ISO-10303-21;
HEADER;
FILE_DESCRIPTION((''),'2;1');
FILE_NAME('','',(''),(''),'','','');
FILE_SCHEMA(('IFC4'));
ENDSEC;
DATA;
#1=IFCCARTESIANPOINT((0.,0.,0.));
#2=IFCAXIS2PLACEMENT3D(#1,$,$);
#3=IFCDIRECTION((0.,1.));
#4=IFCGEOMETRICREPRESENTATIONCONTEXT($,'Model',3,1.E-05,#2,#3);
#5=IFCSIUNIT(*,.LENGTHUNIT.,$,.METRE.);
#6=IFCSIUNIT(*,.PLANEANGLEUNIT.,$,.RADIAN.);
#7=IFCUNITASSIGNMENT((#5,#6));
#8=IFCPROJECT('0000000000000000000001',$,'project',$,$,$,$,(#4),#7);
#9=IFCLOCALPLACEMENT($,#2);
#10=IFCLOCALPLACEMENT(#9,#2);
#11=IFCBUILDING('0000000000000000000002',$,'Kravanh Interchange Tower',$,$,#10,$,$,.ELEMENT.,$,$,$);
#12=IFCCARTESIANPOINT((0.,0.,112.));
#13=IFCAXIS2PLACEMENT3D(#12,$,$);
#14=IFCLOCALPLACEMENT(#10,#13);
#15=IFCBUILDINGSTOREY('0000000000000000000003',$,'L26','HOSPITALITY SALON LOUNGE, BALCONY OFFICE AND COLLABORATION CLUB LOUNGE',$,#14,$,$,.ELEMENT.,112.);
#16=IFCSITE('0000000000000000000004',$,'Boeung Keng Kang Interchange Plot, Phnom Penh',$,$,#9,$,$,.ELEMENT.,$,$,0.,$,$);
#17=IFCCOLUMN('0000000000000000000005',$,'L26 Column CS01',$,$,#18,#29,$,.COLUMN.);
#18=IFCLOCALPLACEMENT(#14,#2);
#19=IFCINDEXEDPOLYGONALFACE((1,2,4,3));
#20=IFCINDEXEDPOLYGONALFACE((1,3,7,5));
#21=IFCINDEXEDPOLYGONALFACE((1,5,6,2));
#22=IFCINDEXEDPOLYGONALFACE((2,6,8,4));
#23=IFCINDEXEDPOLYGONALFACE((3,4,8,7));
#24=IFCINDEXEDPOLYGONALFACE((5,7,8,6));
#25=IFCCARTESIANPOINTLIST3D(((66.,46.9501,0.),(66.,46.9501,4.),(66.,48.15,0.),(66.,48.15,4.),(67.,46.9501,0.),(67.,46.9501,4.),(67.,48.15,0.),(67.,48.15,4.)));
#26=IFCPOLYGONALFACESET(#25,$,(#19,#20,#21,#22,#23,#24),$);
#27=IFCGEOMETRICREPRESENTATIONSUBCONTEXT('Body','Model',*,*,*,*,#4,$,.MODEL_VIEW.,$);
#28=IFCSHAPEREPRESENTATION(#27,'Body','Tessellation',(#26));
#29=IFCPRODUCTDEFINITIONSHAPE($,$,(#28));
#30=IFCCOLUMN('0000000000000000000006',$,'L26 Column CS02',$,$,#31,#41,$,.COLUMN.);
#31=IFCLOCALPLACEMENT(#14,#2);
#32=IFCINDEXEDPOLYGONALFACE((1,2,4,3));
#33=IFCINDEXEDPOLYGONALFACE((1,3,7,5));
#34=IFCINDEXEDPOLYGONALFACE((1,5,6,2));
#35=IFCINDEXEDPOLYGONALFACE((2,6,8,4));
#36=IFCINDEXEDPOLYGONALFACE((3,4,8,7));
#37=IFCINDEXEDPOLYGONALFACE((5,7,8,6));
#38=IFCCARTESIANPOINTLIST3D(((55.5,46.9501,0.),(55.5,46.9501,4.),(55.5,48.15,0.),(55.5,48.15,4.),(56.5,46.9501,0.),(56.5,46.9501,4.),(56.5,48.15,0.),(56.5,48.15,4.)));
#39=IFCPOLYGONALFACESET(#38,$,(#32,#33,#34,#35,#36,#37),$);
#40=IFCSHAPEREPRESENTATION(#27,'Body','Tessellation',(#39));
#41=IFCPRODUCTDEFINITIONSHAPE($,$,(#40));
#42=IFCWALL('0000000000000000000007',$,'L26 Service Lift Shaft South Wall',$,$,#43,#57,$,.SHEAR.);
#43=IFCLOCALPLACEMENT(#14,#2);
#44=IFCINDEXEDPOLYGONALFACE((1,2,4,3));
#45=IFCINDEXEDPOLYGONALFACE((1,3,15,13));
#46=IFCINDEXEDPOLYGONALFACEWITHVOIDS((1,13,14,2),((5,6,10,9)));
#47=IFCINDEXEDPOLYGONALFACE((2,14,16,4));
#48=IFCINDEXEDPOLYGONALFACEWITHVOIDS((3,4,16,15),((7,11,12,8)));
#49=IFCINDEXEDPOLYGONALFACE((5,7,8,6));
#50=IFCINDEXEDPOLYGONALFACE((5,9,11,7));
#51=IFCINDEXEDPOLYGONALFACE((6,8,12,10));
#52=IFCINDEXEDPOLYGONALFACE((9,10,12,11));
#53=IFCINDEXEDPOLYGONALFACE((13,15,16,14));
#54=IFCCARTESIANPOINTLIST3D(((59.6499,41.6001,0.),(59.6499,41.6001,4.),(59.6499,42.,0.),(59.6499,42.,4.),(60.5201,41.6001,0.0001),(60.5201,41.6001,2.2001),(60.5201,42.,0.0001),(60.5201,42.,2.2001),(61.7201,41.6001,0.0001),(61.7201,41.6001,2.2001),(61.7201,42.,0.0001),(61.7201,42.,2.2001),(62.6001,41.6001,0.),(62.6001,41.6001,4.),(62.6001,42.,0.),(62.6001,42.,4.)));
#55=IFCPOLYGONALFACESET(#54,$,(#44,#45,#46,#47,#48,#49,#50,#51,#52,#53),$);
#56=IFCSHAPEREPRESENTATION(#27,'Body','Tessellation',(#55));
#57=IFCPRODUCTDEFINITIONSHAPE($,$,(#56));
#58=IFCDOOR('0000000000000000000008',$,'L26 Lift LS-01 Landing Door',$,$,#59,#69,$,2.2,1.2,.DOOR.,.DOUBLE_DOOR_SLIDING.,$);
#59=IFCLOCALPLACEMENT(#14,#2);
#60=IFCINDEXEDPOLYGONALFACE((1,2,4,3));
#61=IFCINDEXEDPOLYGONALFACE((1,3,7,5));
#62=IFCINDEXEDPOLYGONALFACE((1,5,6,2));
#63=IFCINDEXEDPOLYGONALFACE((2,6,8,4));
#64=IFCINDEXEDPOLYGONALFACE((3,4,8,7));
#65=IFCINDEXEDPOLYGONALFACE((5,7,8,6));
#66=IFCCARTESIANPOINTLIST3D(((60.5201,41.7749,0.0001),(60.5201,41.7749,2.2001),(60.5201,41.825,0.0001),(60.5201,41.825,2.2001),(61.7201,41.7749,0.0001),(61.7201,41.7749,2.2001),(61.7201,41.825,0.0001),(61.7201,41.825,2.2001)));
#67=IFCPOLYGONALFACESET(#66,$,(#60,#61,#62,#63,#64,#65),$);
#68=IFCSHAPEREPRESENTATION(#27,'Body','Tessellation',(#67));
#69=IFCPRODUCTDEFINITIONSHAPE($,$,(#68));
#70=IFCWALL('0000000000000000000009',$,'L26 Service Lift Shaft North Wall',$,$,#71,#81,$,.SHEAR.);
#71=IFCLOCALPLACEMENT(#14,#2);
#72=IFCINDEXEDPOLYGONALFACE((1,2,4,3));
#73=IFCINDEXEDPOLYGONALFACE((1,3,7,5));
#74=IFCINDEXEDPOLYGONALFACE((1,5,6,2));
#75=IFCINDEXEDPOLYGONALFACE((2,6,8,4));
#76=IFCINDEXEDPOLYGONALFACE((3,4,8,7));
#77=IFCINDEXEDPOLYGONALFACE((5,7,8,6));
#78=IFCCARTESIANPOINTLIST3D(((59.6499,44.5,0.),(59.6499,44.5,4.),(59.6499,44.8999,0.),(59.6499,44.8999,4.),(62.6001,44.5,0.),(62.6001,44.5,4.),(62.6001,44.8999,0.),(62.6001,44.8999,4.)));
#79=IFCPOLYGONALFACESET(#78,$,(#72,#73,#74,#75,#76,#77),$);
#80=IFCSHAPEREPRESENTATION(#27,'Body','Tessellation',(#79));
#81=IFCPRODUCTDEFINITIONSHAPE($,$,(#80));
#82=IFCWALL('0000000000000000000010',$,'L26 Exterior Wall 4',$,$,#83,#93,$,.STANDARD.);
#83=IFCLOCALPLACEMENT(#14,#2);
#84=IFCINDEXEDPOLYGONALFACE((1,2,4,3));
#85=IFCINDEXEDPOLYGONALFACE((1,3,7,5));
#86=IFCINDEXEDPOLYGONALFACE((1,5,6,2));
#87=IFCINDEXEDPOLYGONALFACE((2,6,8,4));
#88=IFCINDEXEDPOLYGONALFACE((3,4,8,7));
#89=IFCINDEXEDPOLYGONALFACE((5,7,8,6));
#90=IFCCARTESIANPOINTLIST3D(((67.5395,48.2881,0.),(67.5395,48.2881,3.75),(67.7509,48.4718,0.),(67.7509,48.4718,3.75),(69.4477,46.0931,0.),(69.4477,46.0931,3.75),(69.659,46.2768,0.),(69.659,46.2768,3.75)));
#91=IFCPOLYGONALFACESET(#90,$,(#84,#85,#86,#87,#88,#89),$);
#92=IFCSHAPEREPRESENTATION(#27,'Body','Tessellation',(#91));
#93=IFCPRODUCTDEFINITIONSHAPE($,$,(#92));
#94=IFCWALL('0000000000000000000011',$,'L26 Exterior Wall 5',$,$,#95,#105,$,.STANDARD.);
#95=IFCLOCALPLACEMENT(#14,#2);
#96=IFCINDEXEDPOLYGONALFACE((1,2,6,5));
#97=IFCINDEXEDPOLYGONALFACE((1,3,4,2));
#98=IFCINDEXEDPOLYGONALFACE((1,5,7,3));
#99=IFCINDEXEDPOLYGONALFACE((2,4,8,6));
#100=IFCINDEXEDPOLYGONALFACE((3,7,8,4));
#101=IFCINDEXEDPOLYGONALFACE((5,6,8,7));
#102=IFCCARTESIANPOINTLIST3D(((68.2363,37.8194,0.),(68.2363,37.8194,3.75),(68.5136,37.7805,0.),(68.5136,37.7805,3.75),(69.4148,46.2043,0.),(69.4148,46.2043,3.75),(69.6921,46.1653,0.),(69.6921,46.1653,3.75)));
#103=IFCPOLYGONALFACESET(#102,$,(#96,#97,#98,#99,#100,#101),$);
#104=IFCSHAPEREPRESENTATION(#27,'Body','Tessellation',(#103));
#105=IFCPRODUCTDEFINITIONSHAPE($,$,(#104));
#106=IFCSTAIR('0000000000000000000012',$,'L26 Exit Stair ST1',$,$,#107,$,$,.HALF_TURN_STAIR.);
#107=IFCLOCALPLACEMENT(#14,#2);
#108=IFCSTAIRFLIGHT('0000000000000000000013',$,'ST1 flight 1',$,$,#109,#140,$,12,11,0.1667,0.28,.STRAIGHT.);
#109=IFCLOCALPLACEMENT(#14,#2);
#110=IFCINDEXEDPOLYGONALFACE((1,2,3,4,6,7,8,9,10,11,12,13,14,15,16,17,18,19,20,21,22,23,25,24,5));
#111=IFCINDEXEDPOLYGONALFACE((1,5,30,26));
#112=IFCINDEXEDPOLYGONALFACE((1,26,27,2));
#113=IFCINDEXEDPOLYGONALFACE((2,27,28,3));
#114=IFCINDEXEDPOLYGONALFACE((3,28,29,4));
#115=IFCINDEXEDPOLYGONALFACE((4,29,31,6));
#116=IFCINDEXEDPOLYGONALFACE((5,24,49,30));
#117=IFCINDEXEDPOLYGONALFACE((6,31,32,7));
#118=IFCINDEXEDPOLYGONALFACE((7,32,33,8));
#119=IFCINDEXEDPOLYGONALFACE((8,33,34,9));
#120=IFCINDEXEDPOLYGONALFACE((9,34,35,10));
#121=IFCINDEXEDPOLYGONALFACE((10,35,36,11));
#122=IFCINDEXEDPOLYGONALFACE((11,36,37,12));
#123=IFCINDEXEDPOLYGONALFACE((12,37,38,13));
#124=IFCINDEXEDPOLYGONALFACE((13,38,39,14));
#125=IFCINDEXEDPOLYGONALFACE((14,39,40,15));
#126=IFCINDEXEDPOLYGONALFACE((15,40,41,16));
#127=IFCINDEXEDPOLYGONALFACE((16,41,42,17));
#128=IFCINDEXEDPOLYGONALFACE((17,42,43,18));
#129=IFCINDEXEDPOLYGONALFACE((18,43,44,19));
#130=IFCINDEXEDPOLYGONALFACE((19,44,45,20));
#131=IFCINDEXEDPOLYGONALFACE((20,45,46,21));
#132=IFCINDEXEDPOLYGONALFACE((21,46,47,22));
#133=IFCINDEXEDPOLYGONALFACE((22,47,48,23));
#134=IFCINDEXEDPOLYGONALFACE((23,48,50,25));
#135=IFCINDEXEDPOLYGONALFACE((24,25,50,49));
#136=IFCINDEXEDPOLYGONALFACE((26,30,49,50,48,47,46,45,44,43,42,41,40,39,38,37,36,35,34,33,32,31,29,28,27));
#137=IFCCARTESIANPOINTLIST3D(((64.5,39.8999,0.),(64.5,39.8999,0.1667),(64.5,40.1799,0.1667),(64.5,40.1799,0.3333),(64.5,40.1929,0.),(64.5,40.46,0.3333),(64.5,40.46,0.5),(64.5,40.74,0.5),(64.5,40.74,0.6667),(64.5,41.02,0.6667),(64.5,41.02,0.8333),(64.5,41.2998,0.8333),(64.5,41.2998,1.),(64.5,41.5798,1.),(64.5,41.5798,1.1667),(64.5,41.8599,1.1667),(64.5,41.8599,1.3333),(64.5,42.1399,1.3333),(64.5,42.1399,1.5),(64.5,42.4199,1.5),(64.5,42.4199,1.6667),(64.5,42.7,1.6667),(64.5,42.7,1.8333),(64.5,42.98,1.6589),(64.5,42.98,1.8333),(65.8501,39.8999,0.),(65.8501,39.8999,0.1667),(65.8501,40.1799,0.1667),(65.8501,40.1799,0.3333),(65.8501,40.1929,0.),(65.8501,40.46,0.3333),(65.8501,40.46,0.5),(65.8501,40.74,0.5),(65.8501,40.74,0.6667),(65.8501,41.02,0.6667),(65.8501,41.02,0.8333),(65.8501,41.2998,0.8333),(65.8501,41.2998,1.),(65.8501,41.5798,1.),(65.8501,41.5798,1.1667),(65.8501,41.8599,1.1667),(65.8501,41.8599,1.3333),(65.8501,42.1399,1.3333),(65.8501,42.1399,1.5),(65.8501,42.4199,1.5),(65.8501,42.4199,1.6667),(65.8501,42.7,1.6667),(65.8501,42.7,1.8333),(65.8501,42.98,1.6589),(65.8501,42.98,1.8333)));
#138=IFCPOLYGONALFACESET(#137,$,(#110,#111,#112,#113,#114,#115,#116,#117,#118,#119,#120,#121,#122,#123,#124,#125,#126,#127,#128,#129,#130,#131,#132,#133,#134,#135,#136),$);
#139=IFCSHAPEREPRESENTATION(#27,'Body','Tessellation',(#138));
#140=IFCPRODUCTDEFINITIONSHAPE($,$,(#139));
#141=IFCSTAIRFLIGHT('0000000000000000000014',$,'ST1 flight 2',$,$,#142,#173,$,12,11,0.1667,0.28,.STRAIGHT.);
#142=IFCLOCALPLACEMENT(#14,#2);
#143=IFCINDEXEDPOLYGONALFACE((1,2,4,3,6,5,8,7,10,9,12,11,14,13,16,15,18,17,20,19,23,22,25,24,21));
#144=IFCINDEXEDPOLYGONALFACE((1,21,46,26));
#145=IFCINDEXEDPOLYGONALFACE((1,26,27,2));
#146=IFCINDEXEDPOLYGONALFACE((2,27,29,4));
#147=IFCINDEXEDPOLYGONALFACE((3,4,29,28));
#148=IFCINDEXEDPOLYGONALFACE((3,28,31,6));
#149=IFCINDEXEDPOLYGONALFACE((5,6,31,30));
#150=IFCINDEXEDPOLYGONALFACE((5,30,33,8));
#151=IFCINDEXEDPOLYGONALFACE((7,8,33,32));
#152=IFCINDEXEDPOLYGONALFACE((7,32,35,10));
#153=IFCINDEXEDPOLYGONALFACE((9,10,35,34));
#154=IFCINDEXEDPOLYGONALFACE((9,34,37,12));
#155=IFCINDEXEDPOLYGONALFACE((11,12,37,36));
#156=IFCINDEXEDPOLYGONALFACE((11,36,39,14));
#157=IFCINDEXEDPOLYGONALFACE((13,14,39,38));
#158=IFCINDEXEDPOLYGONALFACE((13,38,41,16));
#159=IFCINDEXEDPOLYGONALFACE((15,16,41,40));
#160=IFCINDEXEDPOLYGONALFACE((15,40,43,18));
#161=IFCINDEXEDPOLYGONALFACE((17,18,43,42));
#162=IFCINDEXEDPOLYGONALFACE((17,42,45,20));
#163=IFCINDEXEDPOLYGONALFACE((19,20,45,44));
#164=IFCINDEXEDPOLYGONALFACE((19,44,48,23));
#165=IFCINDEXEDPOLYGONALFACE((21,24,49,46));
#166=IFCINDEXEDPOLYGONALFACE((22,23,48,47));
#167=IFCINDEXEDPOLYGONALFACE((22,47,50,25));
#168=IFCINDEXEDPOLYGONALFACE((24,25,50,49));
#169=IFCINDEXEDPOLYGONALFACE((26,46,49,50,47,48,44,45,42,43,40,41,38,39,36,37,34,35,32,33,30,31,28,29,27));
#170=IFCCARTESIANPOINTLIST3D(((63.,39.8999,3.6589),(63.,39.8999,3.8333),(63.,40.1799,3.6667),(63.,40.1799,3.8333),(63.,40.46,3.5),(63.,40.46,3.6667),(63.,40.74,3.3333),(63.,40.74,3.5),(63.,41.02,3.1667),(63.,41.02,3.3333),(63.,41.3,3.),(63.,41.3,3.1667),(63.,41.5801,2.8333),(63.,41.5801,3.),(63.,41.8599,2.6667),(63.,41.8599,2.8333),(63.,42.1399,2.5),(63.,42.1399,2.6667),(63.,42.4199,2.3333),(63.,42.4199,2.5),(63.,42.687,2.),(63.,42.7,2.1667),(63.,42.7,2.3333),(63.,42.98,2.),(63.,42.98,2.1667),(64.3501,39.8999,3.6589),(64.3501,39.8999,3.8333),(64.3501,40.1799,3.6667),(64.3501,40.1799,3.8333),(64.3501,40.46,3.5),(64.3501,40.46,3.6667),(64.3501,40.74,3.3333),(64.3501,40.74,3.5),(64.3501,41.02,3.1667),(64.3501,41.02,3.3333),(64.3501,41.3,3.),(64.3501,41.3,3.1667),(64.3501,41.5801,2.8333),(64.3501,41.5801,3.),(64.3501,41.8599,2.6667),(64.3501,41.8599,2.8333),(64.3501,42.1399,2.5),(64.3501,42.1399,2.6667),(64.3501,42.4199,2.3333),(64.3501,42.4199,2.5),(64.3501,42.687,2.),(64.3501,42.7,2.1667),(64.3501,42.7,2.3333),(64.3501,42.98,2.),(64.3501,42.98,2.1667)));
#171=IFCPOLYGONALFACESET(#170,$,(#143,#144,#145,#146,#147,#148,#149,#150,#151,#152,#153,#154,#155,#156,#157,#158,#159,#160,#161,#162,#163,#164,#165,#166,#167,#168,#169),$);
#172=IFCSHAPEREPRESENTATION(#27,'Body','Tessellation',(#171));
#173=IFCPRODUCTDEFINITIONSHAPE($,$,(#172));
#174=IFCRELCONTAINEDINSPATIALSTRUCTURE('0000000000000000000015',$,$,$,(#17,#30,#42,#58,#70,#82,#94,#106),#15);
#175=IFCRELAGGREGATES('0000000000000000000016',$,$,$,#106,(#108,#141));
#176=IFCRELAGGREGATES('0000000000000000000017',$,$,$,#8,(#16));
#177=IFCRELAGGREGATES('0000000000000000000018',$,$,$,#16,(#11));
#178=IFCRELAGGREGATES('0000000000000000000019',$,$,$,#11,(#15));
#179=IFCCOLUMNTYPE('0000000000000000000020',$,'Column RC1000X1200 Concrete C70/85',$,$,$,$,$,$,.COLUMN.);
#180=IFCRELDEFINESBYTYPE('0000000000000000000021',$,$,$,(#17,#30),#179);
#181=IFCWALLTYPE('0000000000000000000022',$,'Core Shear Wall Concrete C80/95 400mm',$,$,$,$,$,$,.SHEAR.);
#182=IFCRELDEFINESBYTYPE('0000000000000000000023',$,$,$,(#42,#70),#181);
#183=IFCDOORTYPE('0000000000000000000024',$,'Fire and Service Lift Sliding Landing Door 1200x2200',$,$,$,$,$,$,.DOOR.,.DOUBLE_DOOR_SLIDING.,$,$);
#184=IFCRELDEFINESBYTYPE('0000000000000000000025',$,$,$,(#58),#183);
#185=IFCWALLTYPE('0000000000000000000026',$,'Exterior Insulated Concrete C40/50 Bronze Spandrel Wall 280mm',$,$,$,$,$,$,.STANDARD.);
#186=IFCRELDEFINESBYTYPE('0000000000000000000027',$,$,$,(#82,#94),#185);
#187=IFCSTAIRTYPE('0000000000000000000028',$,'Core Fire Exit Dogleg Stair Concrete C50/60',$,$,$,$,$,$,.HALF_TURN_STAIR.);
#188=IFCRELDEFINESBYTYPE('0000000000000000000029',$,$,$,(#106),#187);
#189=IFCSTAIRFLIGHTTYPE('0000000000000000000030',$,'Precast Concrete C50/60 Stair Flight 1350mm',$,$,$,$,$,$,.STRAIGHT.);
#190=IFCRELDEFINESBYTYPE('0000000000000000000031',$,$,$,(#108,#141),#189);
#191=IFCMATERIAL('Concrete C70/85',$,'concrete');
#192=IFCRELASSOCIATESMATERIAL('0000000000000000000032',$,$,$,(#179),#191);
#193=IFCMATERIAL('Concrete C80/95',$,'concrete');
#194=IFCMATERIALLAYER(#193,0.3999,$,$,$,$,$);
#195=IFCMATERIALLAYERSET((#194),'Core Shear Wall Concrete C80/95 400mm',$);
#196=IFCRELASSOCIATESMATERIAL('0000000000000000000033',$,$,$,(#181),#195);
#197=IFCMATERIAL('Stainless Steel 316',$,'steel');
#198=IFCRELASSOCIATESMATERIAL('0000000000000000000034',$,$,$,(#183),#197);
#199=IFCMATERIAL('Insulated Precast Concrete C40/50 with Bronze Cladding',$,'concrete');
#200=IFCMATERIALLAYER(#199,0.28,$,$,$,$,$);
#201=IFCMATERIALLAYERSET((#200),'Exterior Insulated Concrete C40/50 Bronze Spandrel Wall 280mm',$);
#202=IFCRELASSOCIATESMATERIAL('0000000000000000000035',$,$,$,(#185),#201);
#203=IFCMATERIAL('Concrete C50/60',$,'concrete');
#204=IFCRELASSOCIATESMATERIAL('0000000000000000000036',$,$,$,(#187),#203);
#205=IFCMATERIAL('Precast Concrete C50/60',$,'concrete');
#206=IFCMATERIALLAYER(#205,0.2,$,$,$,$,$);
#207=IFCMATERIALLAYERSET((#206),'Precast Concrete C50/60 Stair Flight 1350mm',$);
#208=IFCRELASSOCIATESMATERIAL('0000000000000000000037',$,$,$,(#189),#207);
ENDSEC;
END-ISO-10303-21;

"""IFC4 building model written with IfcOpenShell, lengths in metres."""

from ifc_helpers import new_model, si_unit, direction, frame, frame_2d, origin, origin_2d, place, context, subcontext, project, spatial, polyline, rectangle, outline, extrude, material, layer, layer_set, material_profile, profile_set, type_object, element, fill, aggregate, save


model = new_model("IFC4")

# Units and contexts
model_context = context("Model", 3, precision=1e-05, world=origin(), true_north=direction((0.0, 1.0)))
body_context = subcontext(model_context, "Body", "Model", "MODEL_VIEW")
ifc_project = project(units=[si_unit("LENGTHUNIT", "METRE"), si_unit("PLANEANGLEUNIT", "RADIAN")], contexts=[model_context])

# Site, building, storey
site_placement = place(None, origin())
site = spatial("IfcSite", under=ifc_project, at=site_placement, Name="Boeung Keng Kang Interchange Plot, Phnom Penh", CompositionType="ELEMENT", RefElevation=0.0)
building_placement = place(site_placement, origin())
building = spatial("IfcBuilding", under=site, at=building_placement, Name="Kravanh Interchange Tower", CompositionType="ELEMENT")
storey_placement = place(building_placement, frame((0.0, 0.0, 112.0)))
storey = spatial("IfcBuildingStorey", under=building, at=storey_placement, Name="L26", Description="HOSPITALITY SALON LOUNGE, BALCONY OFFICE AND COLLABORATION CLUB LOUNGE", CompositionType="ELEMENT", Elevation=112.0)

# Columns
ifc_material_1 = material(Name="Concrete C70/85", Category="concrete")
ifc_material_profile = material_profile(ifc_material_1, rectangle(XDim=1.0, YDim=1.2, at=origin_2d()), Name="RC1000X1200")
ifc_profile_set = profile_set([ifc_material_profile], Name="Concrete C70/85")
column_type = type_object("IfcColumnType", Name="Column RC1000X1200 Concrete C70/85", PredefinedType="COLUMN", material=ifc_profile_set)
for number, where, z_axis, x_axis, name in (
    (1, (66.5, 47.55, 0.0), (0.0, 0.0, 1.0), (1.0, 0.0, 0.0), "L26 Column CS01"),
    (2, (56.0, 47.55, 0.0), (0.0, 0.0, 1.0), (1.0, 0.0, 0.0), "L26 Column CS02"),
):
    element("IfcColumn", number, at=place(storey_placement, frame(where, z_axis=z_axis, x_axis=x_axis)), inside=storey, type_object=column_type, Name=name, PredefinedType="COLUMN", context=body_context, shape_type="SweptSolid", body=[
        extrude(rectangle(XDim=1.0, YDim=1.2, at=origin_2d()), origin(), (0.0, 0.0, 1.0), 4.0),
    ])

# Wall, opening, door
ifc_material_2 = material(Name="Concrete C80/95", Category="concrete")
ifc_layer_1 = layer(ifc_material_2, 0.3999)
ifc_layer_set_1 = layer_set([ifc_layer_1], Name="Core Shear Wall Concrete C80/95 400mm")
wall_type_1 = type_object("IfcWallType", Name="Core Shear Wall Concrete C80/95 400mm", PredefinedType="SHEAR", material=ifc_layer_set_1)
wall_1_placement = place(storey_placement, frame((59.6499, 41.8, 0.0), z_axis=(0.0, 0.0, 1.0), x_axis=(1.0, 0.0, 0.0)))
wall_1 = element("IfcWall", 3, at=wall_1_placement, inside=storey, type_object=wall_type_1, Name="L26 Service Lift Shaft South Wall", PredefinedType="SHEAR", context=body_context, shape_type="SweptSolid", body=[
    extrude(rectangle(XDim=2.9502, YDim=0.3999, at=frame_2d((1.4751, 0.0))), origin(), (0.0, 0.0, 1.0), 4.0),
])
opening_placement = place(wall_1_placement, frame((0.8701, 0.0, 0.0)))
opening = element("IfcOpeningElement", 4, at=opening_placement, cuts=wall_1, PredefinedType="OPENING", context=body_context, shape_type="SweptSolid", body=[
    extrude(rectangle(XDim=1.2, YDim=2.2, at=frame_2d((0.6001, 1.1001))), frame((0.0, 0.21, 0.0), z_axis=(0.0, -1.0, 0.0), x_axis=(1.0, 0.0, 0.0)), (0.0, 0.0, 1.0), 0.4199),
])
ifc_material_3 = material(Name="Stainless Steel 316", Category="steel")
door_type = type_object("IfcDoorType", Name="Fire and Service Lift Sliding Landing Door 1200x2200", OperationType="DOUBLE_DOOR_SLIDING", PredefinedType="DOOR", material=ifc_material_3)
door_placement = place(opening_placement, origin())
door = element("IfcDoor", 5, at=door_placement, inside=storey, type_object=door_type, Name="L26 Lift LS-01 Landing Door", OperationType="DOUBLE_DOOR_SLIDING", OverallHeight=2.2, OverallWidth=1.2, PredefinedType="DOOR", context=body_context, shape_type="SweptSolid", body=[
    extrude(rectangle(XDim=1.2, YDim=2.2, at=frame_2d((0.6001, 1.1001))), frame((0.0, 0.0249, 0.0), z_axis=(0.0, -1.0, 0.0), x_axis=(1.0, 0.0, 0.0)), (0.0, 0.0, 1.0), 0.05),
])
fill(opening, door)

# Walls
wall_2_placement = place(storey_placement, frame((59.6499, 44.7, 0.0), z_axis=(0.0, 0.0, 1.0), x_axis=(1.0, 0.0, 0.0)))
element("IfcWall", 6, at=wall_2_placement, inside=storey, type_object=wall_type_1, Name="L26 Service Lift Shaft North Wall", PredefinedType="SHEAR", context=body_context, shape_type="SweptSolid", body=[
    extrude(rectangle(XDim=2.9502, YDim=0.3999, at=frame_2d((1.4751, 0.0))), origin(), (0.0, 0.0, 1.0), 4.0),
])
ifc_material_4 = material(Name="Insulated Precast Concrete C40/50 with Bronze Cladding", Category="concrete")
ifc_layer_2 = layer(ifc_material_4, 0.28)
ifc_layer_set_2 = layer_set([ifc_layer_2], Name="Exterior Insulated Concrete C40/50 Bronze Spandrel Wall 280mm")
wall_type_2 = type_object("IfcWallType", Name="Exterior Insulated Concrete C40/50 Bronze Spandrel Wall 280mm", PredefinedType="STANDARD", material=ifc_layer_set_2)
wall_3_placement = place(storey_placement, frame((67.6453, 48.3799, 0.0), z_axis=(0.0, 0.0, 1.0), x_axis=(0.656071, -0.754699, 0.0)))
element("IfcWall", 7, at=wall_3_placement, inside=storey, type_object=wall_type_2, Name="L26 Exterior Wall 4", PredefinedType="STANDARD", context=body_context, shape_type="SweptSolid", body=[
    extrude(rectangle(XDim=2.9084, YDim=0.28, at=frame_2d((1.4541, 0.0))), origin(), (0.0, 0.0, 1.0), 3.75),
])
wall_4_placement = place(storey_placement, frame((69.5535, 46.1848, 0.0), z_axis=(0.0, 0.0, 1.0), x_axis=(-0.139181, -0.990267, 0.0)))
element("IfcWall", 8, at=wall_4_placement, inside=storey, type_object=wall_type_2, Name="L26 Exterior Wall 5", PredefinedType="STANDARD", context=body_context, shape_type="SweptSolid", body=[
    extrude(rectangle(XDim=8.4673, YDim=0.28, at=frame_2d((4.2336, 0.0))), origin(), (0.0, 0.0, 1.0), 3.75),
])

# Stair, stair flights
ifc_material_5 = material(Name="Concrete C50/60", Category="concrete")
stair_type = type_object("IfcStairType", Name="Core Fire Exit Dogleg Stair Concrete C50/60", PredefinedType="HALF_TURN_STAIR", material=ifc_material_5)
stair_1_placement = place(storey_placement, origin())
stair_1 = element("IfcStair", 9, at=stair_1_placement, inside=storey, type_object=stair_type, Name="L26 Exit Stair ST1", PredefinedType="HALF_TURN_STAIR")
ifc_material_6 = material(Name="Precast Concrete C50/60", Category="concrete")
ifc_layer_3 = layer(ifc_material_6, 0.2)
ifc_layer_set_3 = layer_set([ifc_layer_3], Name="Precast Concrete C50/60 Stair Flight 1350mm")
stair_flight_type = type_object("IfcStairFlightType", Name="Precast Concrete C50/60 Stair Flight 1350mm", PredefinedType="STRAIGHT", material=ifc_layer_set_3)
stair_flight_1_placement = place(storey_placement, frame((65.175, 39.8999, 0.0), z_axis=(0.0, 0.0, 1.0), x_axis=(0.0, 1.0, 0.0)))
stair_flight_1 = element("IfcStairFlight", 10, at=stair_flight_1_placement, type_object=stair_flight_type, Name="ST1 flight 1", NumberOfRisers=12, NumberOfTreads=11, PredefinedType="STRAIGHT", RiserHeight=0.1667, TreadLength=0.28, context=body_context, shape_type="SweptSolid", body=[
    extrude(outline(polyline([(0.0, 0.0), (0.0, 0.1667), (0.28, 0.1667), (0.28, 0.3333), (0.5601, 0.3333), (0.5601, 0.5), (0.8401, 0.5), (0.8401, 0.6667), (1.1201, 0.6667), (1.1201, 0.8333), (1.3999, 0.8333), (1.3999, 1.0), (1.6799, 1.0), (1.6799, 1.1667), (1.96, 1.1667), (1.96, 1.3333), (2.24, 1.3333), (2.24, 1.5), (2.52, 1.5), (2.52, 1.6667), (2.8, 1.6667), (2.8, 1.8333), (3.0801, 1.8333), (3.0801, 2.0), (3.0801, 1.6589), (0.293, 0.0), (0.0, 0.0)])), frame((0.0, 0.675, 0.0), z_axis=(0.0, -1.0, 0.0), x_axis=(1.0, 0.0, 0.0)), (0.0, 0.0, 1.0), 1.3501),
])
stair_flight_2_placement = place(storey_placement, frame((63.675, 42.98, 2.0), z_axis=(0.0, 0.0, 1.0), x_axis=(0.0, -1.0, 0.0)))
stair_flight_2 = element("IfcStairFlight", 11, at=stair_flight_2_placement, type_object=stair_flight_type, Name="ST1 flight 2", NumberOfRisers=12, NumberOfTreads=11, PredefinedType="STRAIGHT", RiserHeight=0.1667, TreadLength=0.28, context=body_context, shape_type="SweptSolid", body=[
    extrude(outline(polyline([(0.0, 0.0), (0.0, 0.1667), (0.28, 0.1667), (0.28, 0.3333), (0.5601, 0.3333), (0.5601, 0.5), (0.8401, 0.5), (0.8401, 0.6667), (1.1201, 0.6667), (1.1201, 0.8333), (1.3999, 0.8333), (1.3999, 1.0), (1.6799, 1.0), (1.6799, 1.1667), (1.96, 1.1667), (1.96, 1.3333), (2.24, 1.3333), (2.24, 1.5), (2.52, 1.5), (2.52, 1.6667), (2.8, 1.6667), (2.8, 1.8333), (3.0801, 1.8333), (3.0801, 2.0), (3.0801, 1.6589), (0.293, 0.0), (0.0, 0.0)])), frame((0.0, 0.675, 0.0), z_axis=(0.0, -1.0, 0.0), x_axis=(1.0, 0.0, 0.0)), (0.0, 0.0, 1.0), 1.3501),
])
aggregate(stair_1, [stair_flight_1, stair_flight_2])

save(model, "model.ifc")
